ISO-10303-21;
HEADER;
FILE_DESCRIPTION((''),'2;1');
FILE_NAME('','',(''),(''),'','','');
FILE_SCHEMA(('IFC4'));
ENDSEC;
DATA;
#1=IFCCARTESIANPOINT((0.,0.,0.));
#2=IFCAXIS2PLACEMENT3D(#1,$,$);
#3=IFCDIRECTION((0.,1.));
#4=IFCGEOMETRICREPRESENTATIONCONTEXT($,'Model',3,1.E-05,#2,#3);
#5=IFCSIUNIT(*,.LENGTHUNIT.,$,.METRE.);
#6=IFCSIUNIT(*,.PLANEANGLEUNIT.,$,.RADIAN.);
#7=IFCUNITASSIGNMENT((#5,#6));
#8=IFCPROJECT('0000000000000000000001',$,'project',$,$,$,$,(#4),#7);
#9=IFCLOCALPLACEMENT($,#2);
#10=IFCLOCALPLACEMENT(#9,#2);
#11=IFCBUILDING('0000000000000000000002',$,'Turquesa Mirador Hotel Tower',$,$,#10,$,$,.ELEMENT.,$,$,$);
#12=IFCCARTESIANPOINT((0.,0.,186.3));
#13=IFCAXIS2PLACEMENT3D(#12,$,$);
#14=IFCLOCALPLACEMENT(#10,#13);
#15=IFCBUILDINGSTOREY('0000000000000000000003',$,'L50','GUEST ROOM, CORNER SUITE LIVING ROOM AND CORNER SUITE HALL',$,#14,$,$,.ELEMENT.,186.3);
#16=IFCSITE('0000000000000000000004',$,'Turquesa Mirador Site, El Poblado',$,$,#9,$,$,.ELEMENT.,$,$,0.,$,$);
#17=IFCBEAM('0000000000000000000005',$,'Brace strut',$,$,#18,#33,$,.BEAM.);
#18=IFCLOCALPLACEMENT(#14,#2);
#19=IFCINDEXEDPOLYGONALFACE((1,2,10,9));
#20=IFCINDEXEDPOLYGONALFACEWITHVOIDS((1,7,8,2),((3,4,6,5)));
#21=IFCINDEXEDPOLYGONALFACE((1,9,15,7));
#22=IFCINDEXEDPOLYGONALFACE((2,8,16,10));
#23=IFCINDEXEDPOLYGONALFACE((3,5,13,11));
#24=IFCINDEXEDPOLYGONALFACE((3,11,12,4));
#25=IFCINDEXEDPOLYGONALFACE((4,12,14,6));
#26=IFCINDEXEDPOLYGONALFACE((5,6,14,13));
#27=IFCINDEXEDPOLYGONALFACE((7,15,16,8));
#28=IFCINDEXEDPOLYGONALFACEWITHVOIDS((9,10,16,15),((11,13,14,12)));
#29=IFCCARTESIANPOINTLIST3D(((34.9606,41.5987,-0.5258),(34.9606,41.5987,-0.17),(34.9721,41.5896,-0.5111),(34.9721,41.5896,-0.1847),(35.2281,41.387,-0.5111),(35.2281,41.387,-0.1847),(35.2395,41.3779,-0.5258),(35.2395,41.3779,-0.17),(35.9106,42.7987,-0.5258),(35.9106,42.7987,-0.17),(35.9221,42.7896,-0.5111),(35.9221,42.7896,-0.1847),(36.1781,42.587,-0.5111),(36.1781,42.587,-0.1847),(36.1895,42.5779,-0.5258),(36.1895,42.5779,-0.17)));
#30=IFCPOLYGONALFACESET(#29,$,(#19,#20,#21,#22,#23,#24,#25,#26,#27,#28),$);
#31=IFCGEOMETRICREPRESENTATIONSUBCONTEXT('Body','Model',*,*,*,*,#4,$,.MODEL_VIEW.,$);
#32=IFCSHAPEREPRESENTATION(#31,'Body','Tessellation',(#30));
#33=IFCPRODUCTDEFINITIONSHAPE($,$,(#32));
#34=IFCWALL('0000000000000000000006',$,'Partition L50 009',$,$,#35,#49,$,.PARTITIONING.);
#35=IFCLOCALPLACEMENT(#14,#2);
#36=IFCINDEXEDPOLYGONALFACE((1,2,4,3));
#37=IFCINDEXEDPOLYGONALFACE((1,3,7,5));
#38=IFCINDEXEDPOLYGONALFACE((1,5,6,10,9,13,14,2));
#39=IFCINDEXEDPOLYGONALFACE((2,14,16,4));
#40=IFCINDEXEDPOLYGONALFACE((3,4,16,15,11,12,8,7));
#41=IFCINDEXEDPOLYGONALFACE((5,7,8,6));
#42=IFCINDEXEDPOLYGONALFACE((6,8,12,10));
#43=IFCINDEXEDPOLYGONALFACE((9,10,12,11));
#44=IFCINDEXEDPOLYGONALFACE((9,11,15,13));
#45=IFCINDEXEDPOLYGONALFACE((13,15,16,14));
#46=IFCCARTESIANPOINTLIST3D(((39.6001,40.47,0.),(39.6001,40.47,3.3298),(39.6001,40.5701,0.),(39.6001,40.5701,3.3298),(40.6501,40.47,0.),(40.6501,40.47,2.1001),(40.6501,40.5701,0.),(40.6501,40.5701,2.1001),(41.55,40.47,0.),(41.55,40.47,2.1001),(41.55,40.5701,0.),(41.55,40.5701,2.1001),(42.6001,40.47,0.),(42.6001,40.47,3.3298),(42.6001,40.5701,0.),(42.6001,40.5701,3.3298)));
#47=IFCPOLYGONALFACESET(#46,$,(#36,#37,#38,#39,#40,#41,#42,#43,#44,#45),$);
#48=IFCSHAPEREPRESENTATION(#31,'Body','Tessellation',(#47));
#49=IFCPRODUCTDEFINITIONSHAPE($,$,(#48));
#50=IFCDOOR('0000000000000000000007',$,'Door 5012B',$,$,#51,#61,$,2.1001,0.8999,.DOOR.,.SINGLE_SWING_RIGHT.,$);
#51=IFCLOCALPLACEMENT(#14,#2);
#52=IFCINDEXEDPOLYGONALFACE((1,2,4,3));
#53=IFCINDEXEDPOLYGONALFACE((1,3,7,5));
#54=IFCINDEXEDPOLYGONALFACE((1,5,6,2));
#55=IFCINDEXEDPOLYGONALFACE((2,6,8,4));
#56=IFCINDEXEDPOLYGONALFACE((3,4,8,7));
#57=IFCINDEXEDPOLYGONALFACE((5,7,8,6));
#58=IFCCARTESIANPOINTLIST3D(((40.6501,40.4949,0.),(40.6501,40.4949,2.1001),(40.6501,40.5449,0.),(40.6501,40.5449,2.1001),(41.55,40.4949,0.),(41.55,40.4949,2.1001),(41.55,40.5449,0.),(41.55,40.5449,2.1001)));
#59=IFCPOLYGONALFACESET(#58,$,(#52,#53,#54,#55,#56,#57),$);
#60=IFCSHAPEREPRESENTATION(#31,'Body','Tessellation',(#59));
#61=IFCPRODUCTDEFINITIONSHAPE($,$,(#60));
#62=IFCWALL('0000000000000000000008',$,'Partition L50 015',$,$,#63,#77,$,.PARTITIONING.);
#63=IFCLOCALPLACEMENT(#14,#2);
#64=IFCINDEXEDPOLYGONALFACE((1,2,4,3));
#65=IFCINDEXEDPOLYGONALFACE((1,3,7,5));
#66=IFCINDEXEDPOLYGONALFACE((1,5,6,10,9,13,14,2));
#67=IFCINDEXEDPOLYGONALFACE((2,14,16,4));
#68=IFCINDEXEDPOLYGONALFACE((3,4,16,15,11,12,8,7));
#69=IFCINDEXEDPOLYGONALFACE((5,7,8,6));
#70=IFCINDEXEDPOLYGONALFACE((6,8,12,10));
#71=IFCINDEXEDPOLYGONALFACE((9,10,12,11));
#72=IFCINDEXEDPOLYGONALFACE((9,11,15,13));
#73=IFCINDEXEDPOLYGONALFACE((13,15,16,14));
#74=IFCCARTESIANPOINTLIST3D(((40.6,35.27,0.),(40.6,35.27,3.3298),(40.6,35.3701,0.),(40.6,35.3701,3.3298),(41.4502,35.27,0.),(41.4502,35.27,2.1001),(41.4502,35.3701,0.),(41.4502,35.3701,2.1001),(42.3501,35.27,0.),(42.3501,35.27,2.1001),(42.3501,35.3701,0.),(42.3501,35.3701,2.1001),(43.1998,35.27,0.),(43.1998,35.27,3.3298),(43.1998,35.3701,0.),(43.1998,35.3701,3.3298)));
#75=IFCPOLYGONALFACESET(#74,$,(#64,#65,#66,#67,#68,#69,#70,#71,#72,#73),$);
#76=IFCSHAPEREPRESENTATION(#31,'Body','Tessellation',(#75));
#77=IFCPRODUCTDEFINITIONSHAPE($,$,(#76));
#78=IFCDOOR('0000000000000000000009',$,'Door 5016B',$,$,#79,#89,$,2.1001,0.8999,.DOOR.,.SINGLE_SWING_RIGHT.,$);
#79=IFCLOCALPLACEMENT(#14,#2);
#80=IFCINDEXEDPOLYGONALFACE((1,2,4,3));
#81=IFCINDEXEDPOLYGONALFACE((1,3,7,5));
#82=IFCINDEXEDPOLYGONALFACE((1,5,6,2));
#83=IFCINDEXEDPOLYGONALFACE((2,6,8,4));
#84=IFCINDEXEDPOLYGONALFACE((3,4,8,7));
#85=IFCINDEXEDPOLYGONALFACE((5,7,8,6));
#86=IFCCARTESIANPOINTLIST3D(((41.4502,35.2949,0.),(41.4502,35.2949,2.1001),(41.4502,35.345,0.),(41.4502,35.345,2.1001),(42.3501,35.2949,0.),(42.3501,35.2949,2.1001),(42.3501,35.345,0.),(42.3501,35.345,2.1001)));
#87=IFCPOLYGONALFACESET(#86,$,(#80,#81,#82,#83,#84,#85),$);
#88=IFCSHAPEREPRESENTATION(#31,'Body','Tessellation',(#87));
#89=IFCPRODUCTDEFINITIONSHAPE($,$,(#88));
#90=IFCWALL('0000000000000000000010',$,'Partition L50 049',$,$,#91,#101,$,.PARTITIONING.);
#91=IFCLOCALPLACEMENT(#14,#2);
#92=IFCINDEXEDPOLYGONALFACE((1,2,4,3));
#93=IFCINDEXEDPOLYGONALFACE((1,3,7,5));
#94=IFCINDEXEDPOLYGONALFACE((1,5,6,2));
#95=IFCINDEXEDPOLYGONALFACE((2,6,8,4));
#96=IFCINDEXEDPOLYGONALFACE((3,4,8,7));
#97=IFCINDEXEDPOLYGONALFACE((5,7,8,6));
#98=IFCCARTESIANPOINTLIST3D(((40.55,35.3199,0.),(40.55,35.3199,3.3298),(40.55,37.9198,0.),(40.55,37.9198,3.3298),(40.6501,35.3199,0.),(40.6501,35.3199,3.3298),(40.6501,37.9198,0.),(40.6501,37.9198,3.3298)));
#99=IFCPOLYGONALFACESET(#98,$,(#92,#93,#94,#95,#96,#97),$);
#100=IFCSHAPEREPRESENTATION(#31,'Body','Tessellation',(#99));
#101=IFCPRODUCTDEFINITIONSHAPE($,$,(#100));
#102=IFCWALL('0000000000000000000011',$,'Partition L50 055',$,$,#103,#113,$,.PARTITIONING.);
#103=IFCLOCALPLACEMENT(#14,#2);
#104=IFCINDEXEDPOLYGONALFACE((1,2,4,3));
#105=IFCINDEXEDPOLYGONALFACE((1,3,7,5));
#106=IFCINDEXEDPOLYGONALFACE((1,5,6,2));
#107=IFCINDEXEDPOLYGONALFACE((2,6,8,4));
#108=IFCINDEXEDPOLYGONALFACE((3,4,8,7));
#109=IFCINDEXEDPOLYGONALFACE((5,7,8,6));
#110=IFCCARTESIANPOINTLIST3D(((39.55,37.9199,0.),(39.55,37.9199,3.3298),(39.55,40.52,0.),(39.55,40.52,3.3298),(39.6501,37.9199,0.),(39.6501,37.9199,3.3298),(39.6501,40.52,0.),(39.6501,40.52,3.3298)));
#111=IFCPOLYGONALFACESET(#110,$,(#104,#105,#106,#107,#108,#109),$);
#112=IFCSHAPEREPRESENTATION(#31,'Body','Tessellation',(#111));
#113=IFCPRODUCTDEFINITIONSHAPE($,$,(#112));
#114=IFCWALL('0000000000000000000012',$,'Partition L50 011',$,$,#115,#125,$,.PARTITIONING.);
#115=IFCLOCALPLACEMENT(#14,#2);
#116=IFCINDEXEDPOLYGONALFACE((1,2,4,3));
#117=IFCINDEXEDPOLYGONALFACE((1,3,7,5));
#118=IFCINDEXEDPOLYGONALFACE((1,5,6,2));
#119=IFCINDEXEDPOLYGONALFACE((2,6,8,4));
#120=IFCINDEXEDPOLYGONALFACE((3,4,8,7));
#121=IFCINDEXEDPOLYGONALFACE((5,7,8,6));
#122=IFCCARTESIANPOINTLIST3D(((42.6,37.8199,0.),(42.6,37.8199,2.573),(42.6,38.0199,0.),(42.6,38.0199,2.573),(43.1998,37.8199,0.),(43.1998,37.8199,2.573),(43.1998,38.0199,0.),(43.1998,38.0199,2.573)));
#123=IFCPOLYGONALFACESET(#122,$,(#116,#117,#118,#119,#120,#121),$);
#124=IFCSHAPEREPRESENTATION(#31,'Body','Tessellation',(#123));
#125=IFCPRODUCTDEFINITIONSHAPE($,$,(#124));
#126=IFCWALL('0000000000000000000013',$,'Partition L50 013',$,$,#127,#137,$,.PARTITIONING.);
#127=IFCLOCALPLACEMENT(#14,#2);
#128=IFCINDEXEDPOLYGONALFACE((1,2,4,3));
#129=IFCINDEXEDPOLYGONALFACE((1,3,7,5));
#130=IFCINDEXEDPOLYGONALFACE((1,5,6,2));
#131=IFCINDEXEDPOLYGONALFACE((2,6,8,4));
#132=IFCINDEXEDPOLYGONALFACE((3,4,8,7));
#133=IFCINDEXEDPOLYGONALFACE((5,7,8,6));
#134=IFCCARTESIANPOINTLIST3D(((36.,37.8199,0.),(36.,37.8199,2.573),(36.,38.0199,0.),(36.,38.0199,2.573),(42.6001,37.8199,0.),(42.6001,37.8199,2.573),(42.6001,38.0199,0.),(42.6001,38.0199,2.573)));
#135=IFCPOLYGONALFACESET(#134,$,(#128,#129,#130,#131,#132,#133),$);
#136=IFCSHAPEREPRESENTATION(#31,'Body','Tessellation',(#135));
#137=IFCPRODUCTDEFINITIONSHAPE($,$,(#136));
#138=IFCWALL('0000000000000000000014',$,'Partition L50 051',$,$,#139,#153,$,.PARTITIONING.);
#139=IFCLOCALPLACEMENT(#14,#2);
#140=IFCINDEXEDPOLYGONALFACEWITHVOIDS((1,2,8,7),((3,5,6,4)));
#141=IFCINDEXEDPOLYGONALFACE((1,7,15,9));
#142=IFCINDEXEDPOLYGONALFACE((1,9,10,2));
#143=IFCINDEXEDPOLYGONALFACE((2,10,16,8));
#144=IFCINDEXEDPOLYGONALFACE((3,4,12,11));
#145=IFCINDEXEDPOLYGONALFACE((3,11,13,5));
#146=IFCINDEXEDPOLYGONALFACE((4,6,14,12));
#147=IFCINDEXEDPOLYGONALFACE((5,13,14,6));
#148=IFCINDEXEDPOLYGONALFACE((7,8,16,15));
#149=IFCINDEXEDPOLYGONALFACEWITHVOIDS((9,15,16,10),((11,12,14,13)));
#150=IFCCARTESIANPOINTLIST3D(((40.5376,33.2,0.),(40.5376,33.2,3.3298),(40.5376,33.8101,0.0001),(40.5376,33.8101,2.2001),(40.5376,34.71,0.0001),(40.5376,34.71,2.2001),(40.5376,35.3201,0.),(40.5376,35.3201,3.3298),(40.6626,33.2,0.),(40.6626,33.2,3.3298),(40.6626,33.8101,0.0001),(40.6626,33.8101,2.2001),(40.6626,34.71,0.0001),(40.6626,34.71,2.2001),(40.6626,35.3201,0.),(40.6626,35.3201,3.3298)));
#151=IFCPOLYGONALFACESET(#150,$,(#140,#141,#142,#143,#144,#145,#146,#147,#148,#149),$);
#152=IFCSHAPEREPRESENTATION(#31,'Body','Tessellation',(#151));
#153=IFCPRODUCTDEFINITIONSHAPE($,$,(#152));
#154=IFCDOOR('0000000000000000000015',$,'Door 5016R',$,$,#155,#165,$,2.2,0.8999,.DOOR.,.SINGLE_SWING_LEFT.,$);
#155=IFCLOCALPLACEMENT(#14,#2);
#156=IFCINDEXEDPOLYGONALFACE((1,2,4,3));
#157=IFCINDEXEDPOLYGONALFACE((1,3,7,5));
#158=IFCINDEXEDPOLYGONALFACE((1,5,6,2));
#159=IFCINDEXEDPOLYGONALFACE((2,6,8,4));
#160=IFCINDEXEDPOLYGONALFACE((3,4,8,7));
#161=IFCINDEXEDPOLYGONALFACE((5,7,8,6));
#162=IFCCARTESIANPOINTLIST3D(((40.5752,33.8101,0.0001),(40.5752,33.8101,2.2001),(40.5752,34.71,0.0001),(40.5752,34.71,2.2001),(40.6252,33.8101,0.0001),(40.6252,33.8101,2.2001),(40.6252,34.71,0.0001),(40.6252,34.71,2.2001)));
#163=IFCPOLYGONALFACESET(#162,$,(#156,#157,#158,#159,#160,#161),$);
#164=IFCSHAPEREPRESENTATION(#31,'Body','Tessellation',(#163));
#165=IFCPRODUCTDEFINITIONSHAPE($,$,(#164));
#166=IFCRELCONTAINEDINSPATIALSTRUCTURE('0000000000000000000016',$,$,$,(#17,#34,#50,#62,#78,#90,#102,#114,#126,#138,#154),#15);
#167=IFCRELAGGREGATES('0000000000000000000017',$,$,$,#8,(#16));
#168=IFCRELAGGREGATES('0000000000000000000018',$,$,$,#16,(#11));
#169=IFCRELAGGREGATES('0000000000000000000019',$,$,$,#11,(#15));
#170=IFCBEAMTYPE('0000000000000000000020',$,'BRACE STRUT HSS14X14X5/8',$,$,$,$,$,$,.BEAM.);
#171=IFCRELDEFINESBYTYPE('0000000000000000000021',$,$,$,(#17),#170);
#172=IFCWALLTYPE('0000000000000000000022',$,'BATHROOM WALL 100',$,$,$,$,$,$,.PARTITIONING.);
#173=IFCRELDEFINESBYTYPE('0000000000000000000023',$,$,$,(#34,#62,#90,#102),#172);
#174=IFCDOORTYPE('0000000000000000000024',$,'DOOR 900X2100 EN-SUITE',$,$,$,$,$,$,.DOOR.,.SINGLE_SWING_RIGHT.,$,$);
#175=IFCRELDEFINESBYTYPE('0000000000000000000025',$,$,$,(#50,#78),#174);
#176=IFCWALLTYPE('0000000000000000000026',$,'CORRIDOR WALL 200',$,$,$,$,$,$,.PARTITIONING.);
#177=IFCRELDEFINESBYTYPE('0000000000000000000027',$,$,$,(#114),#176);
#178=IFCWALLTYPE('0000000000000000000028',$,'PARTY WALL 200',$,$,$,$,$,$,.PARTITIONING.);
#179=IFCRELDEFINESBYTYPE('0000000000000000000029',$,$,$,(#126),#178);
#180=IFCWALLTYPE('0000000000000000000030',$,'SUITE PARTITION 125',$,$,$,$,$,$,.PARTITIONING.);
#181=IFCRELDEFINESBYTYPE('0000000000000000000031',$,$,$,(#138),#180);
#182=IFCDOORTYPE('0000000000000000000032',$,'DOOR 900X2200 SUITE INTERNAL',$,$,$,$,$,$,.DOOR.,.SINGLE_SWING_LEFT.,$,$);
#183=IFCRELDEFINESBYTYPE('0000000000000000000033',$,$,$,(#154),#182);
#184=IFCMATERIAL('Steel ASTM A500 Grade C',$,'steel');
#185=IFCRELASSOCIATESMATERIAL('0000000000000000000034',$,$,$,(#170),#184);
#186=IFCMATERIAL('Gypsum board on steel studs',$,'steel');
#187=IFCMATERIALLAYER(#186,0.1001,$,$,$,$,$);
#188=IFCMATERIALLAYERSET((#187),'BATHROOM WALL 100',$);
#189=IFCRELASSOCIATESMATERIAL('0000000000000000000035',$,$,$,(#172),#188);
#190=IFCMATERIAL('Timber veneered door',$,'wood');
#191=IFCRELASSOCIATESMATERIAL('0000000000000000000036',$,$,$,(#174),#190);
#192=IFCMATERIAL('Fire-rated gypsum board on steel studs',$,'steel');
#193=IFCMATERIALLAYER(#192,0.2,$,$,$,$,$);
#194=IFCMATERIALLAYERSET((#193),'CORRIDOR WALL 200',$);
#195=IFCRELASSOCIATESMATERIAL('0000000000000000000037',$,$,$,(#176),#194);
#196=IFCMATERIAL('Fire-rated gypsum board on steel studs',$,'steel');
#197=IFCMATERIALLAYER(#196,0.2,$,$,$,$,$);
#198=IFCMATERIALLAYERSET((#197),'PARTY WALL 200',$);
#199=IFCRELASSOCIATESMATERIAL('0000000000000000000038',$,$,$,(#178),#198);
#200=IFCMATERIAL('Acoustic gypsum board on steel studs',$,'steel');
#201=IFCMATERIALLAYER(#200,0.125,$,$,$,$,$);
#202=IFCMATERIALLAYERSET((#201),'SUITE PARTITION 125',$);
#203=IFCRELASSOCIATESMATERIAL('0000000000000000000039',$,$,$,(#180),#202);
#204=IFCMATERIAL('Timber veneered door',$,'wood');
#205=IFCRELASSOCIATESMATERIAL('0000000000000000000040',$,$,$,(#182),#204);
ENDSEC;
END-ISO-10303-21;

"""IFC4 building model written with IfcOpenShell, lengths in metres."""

from ifc_helpers import new_model, si_unit, direction, frame, frame_2d, origin, origin_2d, place, context, subcontext, project, spatial, rectangle, hollow_rectangle, extrude, material, layer, layer_set, material_profile, profile_set, type_object, element, fill, save


model = new_model("IFC4")

# Units and contexts
model_context = context("Model", 3, precision=1e-05, world=origin(), true_north=direction((0.0, 1.0)))
body_context = subcontext(model_context, "Body", "Model", "MODEL_VIEW")
ifc_project = project(units=[si_unit("LENGTHUNIT", "METRE"), si_unit("PLANEANGLEUNIT", "RADIAN")], contexts=[model_context])

# Site, building, storey
site_placement = place(None, origin())
site = spatial("IfcSite", under=ifc_project, at=site_placement, Name="Turquesa Mirador Site, El Poblado", CompositionType="ELEMENT", RefElevation=0.0)
building_placement = place(site_placement, origin())
building = spatial("IfcBuilding", under=site, at=building_placement, Name="Turquesa Mirador Hotel Tower", CompositionType="ELEMENT")
storey_placement = place(building_placement, frame((0.0, 0.0, 186.3)))
storey = spatial("IfcBuildingStorey", under=building, at=storey_placement, Name="L50", Description="GUEST ROOM, CORNER SUITE LIVING ROOM AND CORNER SUITE HALL", CompositionType="ELEMENT", Elevation=186.3)

# Beam
ifc_material_1 = material(Name="Steel ASTM A500 Grade C", Category="steel")
ifc_material_profile_1 = material_profile(ifc_material_1, hollow_rectangle(XDim=0.3557, YDim=0.3557, WallThickness=0.0146, at=origin_2d()), Name="HSS14X14X5/8")
ifc_profile_set_1 = profile_set([ifc_material_profile_1], Name="Steel ASTM A500 Grade C")
beam_type_1 = type_object("IfcBeamType", Name="BRACE STRUT HSS14X14X5/8", PredefinedType="BEAM", material=ifc_profile_set_1)
for number, where, z_axis, x_axis, name in (
    (1, (35.1001, 41.4883, -0.3479), (0.620699, 0.784049, 0.0), (-0.784049, 0.620699, 0.0), "Brace strut"),
):
    element("IfcBeam", number, at=place(storey_placement, frame(where, z_axis=z_axis, x_axis=x_axis)), inside=storey, type_object=beam_type_1, Name=name, PredefinedType="BEAM", context=body_context, shape_type="SweptSolid", body=[
        extrude(hollow_rectangle(XDim=0.3557, YDim=0.3557, WallThickness=0.0146, at=origin_2d()), origin(), (0.0, 0.0, 1.0), 1.5305),
    ])

# Walls, openings, doors
ifc_material_2 = material(Name="Gypsum board on steel studs", Category="steel")
ifc_layer_1 = layer(ifc_material_2, 0.1001)
ifc_layer_set_1 = layer_set([ifc_layer_1], Name="BATHROOM WALL 100")
wall_type_1 = type_object("IfcWallType", Name="BATHROOM WALL 100", PredefinedType="PARTITIONING", material=ifc_layer_set_1)
wall_1_placement = place(storey_placement, frame((39.6001, 40.52, 0.0), z_axis=(0.0, 0.0, 1.0), x_axis=(1.0, 0.0, 0.0)))
wall_1 = element("IfcWall", 2, at=wall_1_placement, inside=storey, type_object=wall_type_1, Name="Partition L50 009", PredefinedType="PARTITIONING", context=body_context, shape_type="SweptSolid", body=[
    extrude(rectangle(XDim=3.0, YDim=0.1001, at=frame_2d((1.5, 0.0))), origin(), (0.0, 0.0, 1.0), 3.3298),
])
opening_1_placement = place(wall_1_placement, frame((1.05, 0.0, 0.0)))
opening_1 = element("IfcOpeningElement", 3, at=opening_1_placement, cuts=wall_1, PredefinedType="OPENING", context=body_context, shape_type="SweptSolid", body=[
    extrude(rectangle(XDim=0.8999, YDim=2.1001, at=frame_2d((0.45, 1.05))), frame((0.0, 0.0601, 0.0), z_axis=(0.0, -1.0, 0.0), x_axis=(1.0, 0.0, 0.0)), (0.0, 0.0, 1.0), 0.1201),
])
ifc_material_3 = material(Name="Timber veneered door", Category="wood")
door_type_1 = type_object("IfcDoorType", Name="DOOR 900X2100 EN-SUITE", OperationType="SINGLE_SWING_RIGHT", PredefinedType="DOOR", material=ifc_material_3)
door_1_placement = place(opening_1_placement, origin())
door_1 = element("IfcDoor", 4, at=door_1_placement, inside=storey, type_object=door_type_1, Name="Door 5012B", OperationType="SINGLE_SWING_RIGHT", OverallHeight=2.1001, OverallWidth=0.8999, PredefinedType="DOOR", context=body_context, shape_type="SweptSolid", body=[
    extrude(rectangle(XDim=0.8999, YDim=2.1001, at=frame_2d((0.45, 1.05))), frame((0.0, 0.0249, 0.0), z_axis=(0.0, -1.0, 0.0), x_axis=(1.0, 0.0, 0.0)), (0.0, 0.0, 1.0), 0.05),
])
fill(opening_1, door_1)
wall_2_placement = place(storey_placement, frame((40.6001, 35.3201, 0.0), z_axis=(0.0, 0.0, 1.0), x_axis=(1.0, 0.0, 0.0)))
wall_2 = element("IfcWall", 5, at=wall_2_placement, inside=storey, type_object=wall_type_1, Name="Partition L50 015", PredefinedType="PARTITIONING", context=body_context, shape_type="SweptSolid", body=[
    extrude(rectangle(XDim=2.5999, YDim=0.1001, at=frame_2d((1.2998, 0.0))), origin(), (0.0, 0.0, 1.0), 3.3298),
])
opening_2_placement = place(wall_2_placement, frame((0.8501, 0.0, 0.0)))
opening_2 = element("IfcOpeningElement", 6, at=opening_2_placement, cuts=wall_2, PredefinedType="OPENING", context=body_context, shape_type="SweptSolid", body=[
    extrude(rectangle(XDim=0.8999, YDim=2.1001, at=frame_2d((0.45, 1.05))), frame((0.0, 0.0601, 0.0), z_axis=(0.0, -1.0, 0.0), x_axis=(1.0, 0.0, 0.0)), (0.0, 0.0, 1.0), 0.1201),
])
door_2_placement = place(opening_2_placement, origin())
door_2 = element("IfcDoor", 7, at=door_2_placement, inside=storey, type_object=door_type_1, Name="Door 5016B", OperationType="SINGLE_SWING_RIGHT", OverallHeight=2.1001, OverallWidth=0.8999, PredefinedType="DOOR", context=body_context, shape_type="SweptSolid", body=[
    extrude(rectangle(XDim=0.8999, YDim=2.1001, at=frame_2d((0.45, 1.05))), frame((0.0, 0.0249, 0.0), z_axis=(0.0, -1.0, 0.0), x_axis=(1.0, 0.0, 0.0)), (0.0, 0.0, 1.0), 0.05),
])
fill(opening_2, door_2)

# Walls
wall_3_placement = place(storey_placement, frame((40.6001, 35.3201, 0.0), z_axis=(0.0, 0.0, 1.0), x_axis=(0.0, 1.0, 0.0)))
element("IfcWall", 8, at=wall_3_placement, inside=storey, type_object=wall_type_1, Name="Partition L50 049", PredefinedType="PARTITIONING", context=body_context, shape_type="SweptSolid", body=[
    extrude(rectangle(XDim=2.5999, YDim=0.1001, at=frame_2d((1.2998, 0.0))), origin(), (0.0, 0.0, 1.0), 3.3298),
])
wall_4_placement = place(storey_placement, frame((39.6001, 37.9199, 0.0), z_axis=(0.0, 0.0, 1.0), x_axis=(0.0, 1.0, 0.0)))
element("IfcWall", 9, at=wall_4_placement, inside=storey, type_object=wall_type_1, Name="Partition L50 055", PredefinedType="PARTITIONING", context=body_context, shape_type="SweptSolid", body=[
    extrude(rectangle(XDim=2.6001, YDim=0.1001, at=frame_2d((1.3, 0.0))), origin(), (0.0, 0.0, 1.0), 3.3298),
])
ifc_material_4 = material(Name="Fire-rated gypsum board on steel studs", Category="steel")
ifc_layer_2 = layer(ifc_material_4, 0.2)
ifc_layer_set_2 = layer_set([ifc_layer_2], Name="CORRIDOR WALL 200")
wall_type_2 = type_object("IfcWallType", Name="CORRIDOR WALL 200", PredefinedType="PARTITIONING", material=ifc_layer_set_2)
wall_5_placement = place(storey_placement, frame((42.6001, 37.9199, 0.0), z_axis=(0.0, 0.0, 1.0), x_axis=(1.0, 0.0, 0.0)))
element("IfcWall", 10, at=wall_5_placement, inside=storey, type_object=wall_type_2, Name="Partition L50 011", PredefinedType="PARTITIONING", context=body_context, shape_type="SweptSolid", body=[
    extrude(rectangle(XDim=0.5999, YDim=0.2, at=frame_2d((0.2998, 0.0))), origin(), (0.0, 0.0, 1.0), 2.573),
])
ifc_material_5 = material(Name="Fire-rated gypsum board on steel studs", Category="steel")
ifc_layer_3 = layer(ifc_material_5, 0.2)
ifc_layer_set_3 = layer_set([ifc_layer_3], Name="PARTY WALL 200")
wall_type_3 = type_object("IfcWallType", Name="PARTY WALL 200", PredefinedType="PARTITIONING", material=ifc_layer_set_3)
wall_6_placement = place(storey_placement, frame((36.0, 37.9199, 0.0), z_axis=(0.0, 0.0, 1.0), x_axis=(1.0, 0.0, 0.0)))
element("IfcWall", 11, at=wall_6_placement, inside=storey, type_object=wall_type_3, Name="Partition L50 013", PredefinedType="PARTITIONING", context=body_context, shape_type="SweptSolid", body=[
    extrude(rectangle(XDim=6.6001, YDim=0.2, at=frame_2d((3.3, 0.0))), origin(), (0.0, 0.0, 1.0), 2.573),
])

# Wall, opening, door
ifc_material_6 = material(Name="Acoustic gypsum board on steel studs", Category="steel")
ifc_layer_4 = layer(ifc_material_6, 0.125)
ifc_layer_set_4 = layer_set([ifc_layer_4], Name="SUITE PARTITION 125")
wall_type_4 = type_object("IfcWallType", Name="SUITE PARTITION 125", PredefinedType="PARTITIONING", material=ifc_layer_set_4)
wall_7_placement = place(storey_placement, frame((40.6001, 33.2, 0.0), z_axis=(0.0, 0.0, 1.0), x_axis=(0.0, 1.0, 0.0)))
wall_7 = element("IfcWall", 12, at=wall_7_placement, inside=storey, type_object=wall_type_4, Name="Partition L50 051", PredefinedType="PARTITIONING", context=body_context, shape_type="SweptSolid", body=[
    extrude(rectangle(XDim=2.1201, YDim=0.125, at=frame_2d((1.0601, 0.0))), origin(), (0.0, 0.0, 1.0), 3.3298),
])
opening_3_placement = place(wall_7_placement, frame((0.6101, 0.0, 0.0)))
opening_3 = element("IfcOpeningElement", 13, at=opening_3_placement, cuts=wall_7, PredefinedType="OPENING", context=body_context, shape_type="SweptSolid", body=[
    extrude(rectangle(XDim=0.8999, YDim=2.2, at=frame_2d((0.45, 1.1001))), frame((0.0, 0.0725, 0.0), z_axis=(0.0, -1.0, 0.0), x_axis=(1.0, 0.0, 0.0)), (0.0, 0.0, 1.0), 0.145),
])
ifc_material_7 = material(Name="Timber veneered door", Category="wood")
door_type_2 = type_object("IfcDoorType", Name="DOOR 900X2200 SUITE INTERNAL", OperationType="SINGLE_SWING_LEFT", PredefinedType="DOOR", material=ifc_material_7)
door_3_placement = place(opening_3_placement, origin())
door_3 = element("IfcDoor", 14, at=door_3_placement, inside=storey, type_object=door_type_2, Name="Door 5016R", OperationType="SINGLE_SWING_LEFT", OverallHeight=2.2, OverallWidth=0.8999, PredefinedType="DOOR", context=body_context, shape_type="SweptSolid", body=[
    extrude(rectangle(XDim=0.8999, YDim=2.2, at=frame_2d((0.45, 1.1001))), frame((0.0, 0.0249, 0.0), z_axis=(0.0, -1.0, 0.0), x_axis=(1.0, 0.0, 0.0)), (0.0, 0.0, 1.0), 0.05),
])
fill(opening_3, door_3)

save(model, "model.ifc")
